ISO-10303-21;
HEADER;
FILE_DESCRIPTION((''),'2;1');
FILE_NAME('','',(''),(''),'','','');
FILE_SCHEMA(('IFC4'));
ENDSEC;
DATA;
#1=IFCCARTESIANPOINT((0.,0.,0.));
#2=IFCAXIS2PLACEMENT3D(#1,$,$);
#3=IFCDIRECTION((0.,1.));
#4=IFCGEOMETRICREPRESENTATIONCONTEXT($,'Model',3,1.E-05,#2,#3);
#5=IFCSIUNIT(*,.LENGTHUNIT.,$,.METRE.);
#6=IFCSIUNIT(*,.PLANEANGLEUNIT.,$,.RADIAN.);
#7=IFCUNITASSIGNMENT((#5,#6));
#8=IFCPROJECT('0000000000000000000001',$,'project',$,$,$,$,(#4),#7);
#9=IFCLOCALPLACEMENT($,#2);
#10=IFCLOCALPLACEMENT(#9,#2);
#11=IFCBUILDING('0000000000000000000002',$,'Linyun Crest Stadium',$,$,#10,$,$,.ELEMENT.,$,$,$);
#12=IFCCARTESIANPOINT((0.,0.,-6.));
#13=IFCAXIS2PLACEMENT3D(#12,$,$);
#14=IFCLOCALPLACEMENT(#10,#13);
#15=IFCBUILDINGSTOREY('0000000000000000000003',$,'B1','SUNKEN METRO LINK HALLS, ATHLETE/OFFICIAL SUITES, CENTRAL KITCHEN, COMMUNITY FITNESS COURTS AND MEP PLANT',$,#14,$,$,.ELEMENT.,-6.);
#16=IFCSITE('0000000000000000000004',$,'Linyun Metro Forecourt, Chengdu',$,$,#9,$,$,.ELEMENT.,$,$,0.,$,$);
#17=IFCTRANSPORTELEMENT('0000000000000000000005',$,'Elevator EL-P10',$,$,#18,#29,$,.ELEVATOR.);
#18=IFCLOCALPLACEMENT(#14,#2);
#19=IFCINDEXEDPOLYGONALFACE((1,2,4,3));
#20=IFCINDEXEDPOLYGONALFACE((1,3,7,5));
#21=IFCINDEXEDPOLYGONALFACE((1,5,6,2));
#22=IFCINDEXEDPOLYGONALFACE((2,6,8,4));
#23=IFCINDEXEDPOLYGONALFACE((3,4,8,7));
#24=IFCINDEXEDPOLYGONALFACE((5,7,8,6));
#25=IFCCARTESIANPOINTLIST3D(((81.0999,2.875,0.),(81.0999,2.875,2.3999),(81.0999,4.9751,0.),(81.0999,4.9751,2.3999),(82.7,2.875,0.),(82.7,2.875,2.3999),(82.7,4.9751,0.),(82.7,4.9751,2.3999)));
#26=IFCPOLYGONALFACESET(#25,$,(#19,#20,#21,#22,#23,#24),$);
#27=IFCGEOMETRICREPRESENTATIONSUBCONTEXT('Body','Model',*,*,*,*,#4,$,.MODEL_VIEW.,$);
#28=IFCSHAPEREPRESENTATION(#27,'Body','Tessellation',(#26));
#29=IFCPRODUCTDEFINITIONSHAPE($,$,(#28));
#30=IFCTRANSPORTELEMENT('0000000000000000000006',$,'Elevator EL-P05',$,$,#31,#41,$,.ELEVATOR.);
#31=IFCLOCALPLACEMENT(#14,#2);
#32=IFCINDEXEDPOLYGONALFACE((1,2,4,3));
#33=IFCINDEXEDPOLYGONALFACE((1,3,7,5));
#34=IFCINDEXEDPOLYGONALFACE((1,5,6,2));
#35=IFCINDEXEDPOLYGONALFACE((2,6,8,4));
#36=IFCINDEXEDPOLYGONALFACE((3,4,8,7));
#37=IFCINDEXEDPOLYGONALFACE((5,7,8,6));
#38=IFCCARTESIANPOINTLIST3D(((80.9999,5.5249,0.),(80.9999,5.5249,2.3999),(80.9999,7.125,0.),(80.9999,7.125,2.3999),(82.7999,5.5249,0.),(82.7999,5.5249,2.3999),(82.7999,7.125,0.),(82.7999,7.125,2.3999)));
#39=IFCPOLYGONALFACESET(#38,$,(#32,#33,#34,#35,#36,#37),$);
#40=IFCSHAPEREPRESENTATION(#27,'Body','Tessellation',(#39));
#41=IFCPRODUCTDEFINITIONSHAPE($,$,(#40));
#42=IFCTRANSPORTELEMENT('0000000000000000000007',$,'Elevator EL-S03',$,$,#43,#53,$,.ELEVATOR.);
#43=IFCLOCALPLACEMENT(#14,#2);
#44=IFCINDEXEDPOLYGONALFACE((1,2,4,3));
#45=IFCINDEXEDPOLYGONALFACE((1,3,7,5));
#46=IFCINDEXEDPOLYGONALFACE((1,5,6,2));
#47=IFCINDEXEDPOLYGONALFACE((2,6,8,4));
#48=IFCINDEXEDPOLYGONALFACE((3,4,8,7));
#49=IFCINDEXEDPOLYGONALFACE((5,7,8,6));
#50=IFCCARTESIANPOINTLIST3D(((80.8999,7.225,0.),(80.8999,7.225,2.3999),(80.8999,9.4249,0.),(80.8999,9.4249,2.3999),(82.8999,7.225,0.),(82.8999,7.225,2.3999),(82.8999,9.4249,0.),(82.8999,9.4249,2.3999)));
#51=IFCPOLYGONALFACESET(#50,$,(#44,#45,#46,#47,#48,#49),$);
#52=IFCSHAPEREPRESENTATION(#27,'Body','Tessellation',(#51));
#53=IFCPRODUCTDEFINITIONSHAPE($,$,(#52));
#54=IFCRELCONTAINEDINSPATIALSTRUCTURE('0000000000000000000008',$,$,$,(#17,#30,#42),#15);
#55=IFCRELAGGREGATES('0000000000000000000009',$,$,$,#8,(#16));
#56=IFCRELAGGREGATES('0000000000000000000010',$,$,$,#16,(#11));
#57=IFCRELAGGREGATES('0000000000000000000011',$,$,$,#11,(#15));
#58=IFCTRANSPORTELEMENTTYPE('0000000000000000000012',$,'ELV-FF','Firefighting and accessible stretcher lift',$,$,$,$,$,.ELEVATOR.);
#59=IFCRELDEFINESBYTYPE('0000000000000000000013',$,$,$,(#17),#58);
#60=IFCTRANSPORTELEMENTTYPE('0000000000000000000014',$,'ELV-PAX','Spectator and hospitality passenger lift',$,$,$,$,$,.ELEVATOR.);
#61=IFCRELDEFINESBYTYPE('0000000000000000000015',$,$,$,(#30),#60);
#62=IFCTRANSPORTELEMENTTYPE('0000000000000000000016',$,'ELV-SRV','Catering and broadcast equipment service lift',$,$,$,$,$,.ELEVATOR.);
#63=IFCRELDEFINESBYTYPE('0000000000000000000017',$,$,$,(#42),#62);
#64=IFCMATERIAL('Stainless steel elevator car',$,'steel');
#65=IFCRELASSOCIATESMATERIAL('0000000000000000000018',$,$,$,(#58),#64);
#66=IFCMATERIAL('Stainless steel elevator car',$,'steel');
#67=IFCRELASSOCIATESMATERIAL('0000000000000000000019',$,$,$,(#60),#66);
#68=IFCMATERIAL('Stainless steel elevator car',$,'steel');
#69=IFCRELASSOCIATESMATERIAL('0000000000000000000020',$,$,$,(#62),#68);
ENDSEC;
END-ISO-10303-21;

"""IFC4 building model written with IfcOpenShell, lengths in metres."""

from ifc_helpers import new_model, si_unit, direction, frame, origin, origin_2d, place, context, subcontext, project, spatial, rectangle, extrude, material, type_object, element, save


model = new_model("IFC4")

# Units and contexts
model_context = context("Model", 3, precision=1e-05, world=origin(), true_north=direction((0.0, 1.0)))
body_context = subcontext(model_context, "Body", "Model", "MODEL_VIEW")
ifc_project = project(units=[si_unit("LENGTHUNIT", "METRE"), si_unit("PLANEANGLEUNIT", "RADIAN")], contexts=[model_context])

# Site, building, storey
site_placement = place(None, origin())
site = spatial("IfcSite", under=ifc_project, at=site_placement, Name="Linyun Metro Forecourt, Chengdu", CompositionType="ELEMENT", RefElevation=0.0)
building_placement = place(site_placement, origin())
building = spatial("IfcBuilding", under=site, at=building_placement, Name="Linyun Crest Stadium", CompositionType="ELEMENT")
storey_placement = place(building_placement, frame((0.0, 0.0, -6.0)))
storey = spatial("IfcBuildingStorey", under=building, at=storey_placement, Name="B1", Description="SUNKEN METRO LINK HALLS, ATHLETE/OFFICIAL SUITES, CENTRAL KITCHEN, COMMUNITY FITNESS COURTS AND MEP PLANT", CompositionType="ELEMENT", Elevation=-6.0)

# Transport elements
ifc_material_1 = material(Name="Stainless steel elevator car", Category="steel")
transport_element_type_1 = type_object("IfcTransportElementType", Name="ELV-FF", Description="Firefighting and accessible stretcher lift", PredefinedType="ELEVATOR", material=ifc_material_1)
transport_element_1_placement = place(storey_placement, frame((81.8999, 3.925, 0.0), z_axis=(0.0, 0.0, 1.0), x_axis=(1.0, 0.0, 0.0)))
element("IfcTransportElement", 1, at=transport_element_1_placement, inside=storey, type_object=transport_element_type_1, Name="Elevator EL-P10", PredefinedType="ELEVATOR", context=body_context, shape_type="SweptSolid", body=[
    extrude(rectangle(XDim=1.6001, YDim=2.1001, at=origin_2d()), origin(), (0.0, 0.0, 1.0), 2.3999),
])
ifc_material_2 = material(Name="Stainless steel elevator car", Category="steel")
transport_element_type_2 = type_object("IfcTransportElementType", Name="ELV-PAX", Description="Spectator and hospitality passenger lift", PredefinedType="ELEVATOR", material=ifc_material_2)
transport_element_2_placement = place(storey_placement, frame((81.8999, 6.325, 0.0), z_axis=(0.0, 0.0, 1.0), x_axis=(1.0, 0.0, 0.0)))
element("IfcTransportElement", 2, at=transport_element_2_placement, inside=storey, type_object=transport_element_type_2, Name="Elevator EL-P05", PredefinedType="ELEVATOR", context=body_context, shape_type="SweptSolid", body=[
    extrude(rectangle(XDim=1.8, YDim=1.6001, at=origin_2d()), origin(), (0.0, 0.0, 1.0), 2.3999),
])
ifc_material_3 = material(Name="Stainless steel elevator car", Category="steel")
transport_element_type_3 = type_object("IfcTransportElementType", Name="ELV-SRV", Description="Catering and broadcast equipment service lift", PredefinedType="ELEVATOR", material=ifc_material_3)
transport_element_3_placement = place(storey_placement, frame((81.8999, 8.325, 0.0), z_axis=(0.0, 0.0, 1.0), x_axis=(1.0, 0.0, 0.0)))
element("IfcTransportElement", 3, at=transport_element_3_placement, inside=storey, type_object=transport_element_type_3, Name="Elevator EL-S03", PredefinedType="ELEVATOR", context=body_context, shape_type="SweptSolid", body=[
    extrude(rectangle(XDim=2.0, YDim=2.2, at=origin_2d()), origin(), (0.0, 0.0, 1.0), 2.3999),
])

save(model, "model.ifc")
